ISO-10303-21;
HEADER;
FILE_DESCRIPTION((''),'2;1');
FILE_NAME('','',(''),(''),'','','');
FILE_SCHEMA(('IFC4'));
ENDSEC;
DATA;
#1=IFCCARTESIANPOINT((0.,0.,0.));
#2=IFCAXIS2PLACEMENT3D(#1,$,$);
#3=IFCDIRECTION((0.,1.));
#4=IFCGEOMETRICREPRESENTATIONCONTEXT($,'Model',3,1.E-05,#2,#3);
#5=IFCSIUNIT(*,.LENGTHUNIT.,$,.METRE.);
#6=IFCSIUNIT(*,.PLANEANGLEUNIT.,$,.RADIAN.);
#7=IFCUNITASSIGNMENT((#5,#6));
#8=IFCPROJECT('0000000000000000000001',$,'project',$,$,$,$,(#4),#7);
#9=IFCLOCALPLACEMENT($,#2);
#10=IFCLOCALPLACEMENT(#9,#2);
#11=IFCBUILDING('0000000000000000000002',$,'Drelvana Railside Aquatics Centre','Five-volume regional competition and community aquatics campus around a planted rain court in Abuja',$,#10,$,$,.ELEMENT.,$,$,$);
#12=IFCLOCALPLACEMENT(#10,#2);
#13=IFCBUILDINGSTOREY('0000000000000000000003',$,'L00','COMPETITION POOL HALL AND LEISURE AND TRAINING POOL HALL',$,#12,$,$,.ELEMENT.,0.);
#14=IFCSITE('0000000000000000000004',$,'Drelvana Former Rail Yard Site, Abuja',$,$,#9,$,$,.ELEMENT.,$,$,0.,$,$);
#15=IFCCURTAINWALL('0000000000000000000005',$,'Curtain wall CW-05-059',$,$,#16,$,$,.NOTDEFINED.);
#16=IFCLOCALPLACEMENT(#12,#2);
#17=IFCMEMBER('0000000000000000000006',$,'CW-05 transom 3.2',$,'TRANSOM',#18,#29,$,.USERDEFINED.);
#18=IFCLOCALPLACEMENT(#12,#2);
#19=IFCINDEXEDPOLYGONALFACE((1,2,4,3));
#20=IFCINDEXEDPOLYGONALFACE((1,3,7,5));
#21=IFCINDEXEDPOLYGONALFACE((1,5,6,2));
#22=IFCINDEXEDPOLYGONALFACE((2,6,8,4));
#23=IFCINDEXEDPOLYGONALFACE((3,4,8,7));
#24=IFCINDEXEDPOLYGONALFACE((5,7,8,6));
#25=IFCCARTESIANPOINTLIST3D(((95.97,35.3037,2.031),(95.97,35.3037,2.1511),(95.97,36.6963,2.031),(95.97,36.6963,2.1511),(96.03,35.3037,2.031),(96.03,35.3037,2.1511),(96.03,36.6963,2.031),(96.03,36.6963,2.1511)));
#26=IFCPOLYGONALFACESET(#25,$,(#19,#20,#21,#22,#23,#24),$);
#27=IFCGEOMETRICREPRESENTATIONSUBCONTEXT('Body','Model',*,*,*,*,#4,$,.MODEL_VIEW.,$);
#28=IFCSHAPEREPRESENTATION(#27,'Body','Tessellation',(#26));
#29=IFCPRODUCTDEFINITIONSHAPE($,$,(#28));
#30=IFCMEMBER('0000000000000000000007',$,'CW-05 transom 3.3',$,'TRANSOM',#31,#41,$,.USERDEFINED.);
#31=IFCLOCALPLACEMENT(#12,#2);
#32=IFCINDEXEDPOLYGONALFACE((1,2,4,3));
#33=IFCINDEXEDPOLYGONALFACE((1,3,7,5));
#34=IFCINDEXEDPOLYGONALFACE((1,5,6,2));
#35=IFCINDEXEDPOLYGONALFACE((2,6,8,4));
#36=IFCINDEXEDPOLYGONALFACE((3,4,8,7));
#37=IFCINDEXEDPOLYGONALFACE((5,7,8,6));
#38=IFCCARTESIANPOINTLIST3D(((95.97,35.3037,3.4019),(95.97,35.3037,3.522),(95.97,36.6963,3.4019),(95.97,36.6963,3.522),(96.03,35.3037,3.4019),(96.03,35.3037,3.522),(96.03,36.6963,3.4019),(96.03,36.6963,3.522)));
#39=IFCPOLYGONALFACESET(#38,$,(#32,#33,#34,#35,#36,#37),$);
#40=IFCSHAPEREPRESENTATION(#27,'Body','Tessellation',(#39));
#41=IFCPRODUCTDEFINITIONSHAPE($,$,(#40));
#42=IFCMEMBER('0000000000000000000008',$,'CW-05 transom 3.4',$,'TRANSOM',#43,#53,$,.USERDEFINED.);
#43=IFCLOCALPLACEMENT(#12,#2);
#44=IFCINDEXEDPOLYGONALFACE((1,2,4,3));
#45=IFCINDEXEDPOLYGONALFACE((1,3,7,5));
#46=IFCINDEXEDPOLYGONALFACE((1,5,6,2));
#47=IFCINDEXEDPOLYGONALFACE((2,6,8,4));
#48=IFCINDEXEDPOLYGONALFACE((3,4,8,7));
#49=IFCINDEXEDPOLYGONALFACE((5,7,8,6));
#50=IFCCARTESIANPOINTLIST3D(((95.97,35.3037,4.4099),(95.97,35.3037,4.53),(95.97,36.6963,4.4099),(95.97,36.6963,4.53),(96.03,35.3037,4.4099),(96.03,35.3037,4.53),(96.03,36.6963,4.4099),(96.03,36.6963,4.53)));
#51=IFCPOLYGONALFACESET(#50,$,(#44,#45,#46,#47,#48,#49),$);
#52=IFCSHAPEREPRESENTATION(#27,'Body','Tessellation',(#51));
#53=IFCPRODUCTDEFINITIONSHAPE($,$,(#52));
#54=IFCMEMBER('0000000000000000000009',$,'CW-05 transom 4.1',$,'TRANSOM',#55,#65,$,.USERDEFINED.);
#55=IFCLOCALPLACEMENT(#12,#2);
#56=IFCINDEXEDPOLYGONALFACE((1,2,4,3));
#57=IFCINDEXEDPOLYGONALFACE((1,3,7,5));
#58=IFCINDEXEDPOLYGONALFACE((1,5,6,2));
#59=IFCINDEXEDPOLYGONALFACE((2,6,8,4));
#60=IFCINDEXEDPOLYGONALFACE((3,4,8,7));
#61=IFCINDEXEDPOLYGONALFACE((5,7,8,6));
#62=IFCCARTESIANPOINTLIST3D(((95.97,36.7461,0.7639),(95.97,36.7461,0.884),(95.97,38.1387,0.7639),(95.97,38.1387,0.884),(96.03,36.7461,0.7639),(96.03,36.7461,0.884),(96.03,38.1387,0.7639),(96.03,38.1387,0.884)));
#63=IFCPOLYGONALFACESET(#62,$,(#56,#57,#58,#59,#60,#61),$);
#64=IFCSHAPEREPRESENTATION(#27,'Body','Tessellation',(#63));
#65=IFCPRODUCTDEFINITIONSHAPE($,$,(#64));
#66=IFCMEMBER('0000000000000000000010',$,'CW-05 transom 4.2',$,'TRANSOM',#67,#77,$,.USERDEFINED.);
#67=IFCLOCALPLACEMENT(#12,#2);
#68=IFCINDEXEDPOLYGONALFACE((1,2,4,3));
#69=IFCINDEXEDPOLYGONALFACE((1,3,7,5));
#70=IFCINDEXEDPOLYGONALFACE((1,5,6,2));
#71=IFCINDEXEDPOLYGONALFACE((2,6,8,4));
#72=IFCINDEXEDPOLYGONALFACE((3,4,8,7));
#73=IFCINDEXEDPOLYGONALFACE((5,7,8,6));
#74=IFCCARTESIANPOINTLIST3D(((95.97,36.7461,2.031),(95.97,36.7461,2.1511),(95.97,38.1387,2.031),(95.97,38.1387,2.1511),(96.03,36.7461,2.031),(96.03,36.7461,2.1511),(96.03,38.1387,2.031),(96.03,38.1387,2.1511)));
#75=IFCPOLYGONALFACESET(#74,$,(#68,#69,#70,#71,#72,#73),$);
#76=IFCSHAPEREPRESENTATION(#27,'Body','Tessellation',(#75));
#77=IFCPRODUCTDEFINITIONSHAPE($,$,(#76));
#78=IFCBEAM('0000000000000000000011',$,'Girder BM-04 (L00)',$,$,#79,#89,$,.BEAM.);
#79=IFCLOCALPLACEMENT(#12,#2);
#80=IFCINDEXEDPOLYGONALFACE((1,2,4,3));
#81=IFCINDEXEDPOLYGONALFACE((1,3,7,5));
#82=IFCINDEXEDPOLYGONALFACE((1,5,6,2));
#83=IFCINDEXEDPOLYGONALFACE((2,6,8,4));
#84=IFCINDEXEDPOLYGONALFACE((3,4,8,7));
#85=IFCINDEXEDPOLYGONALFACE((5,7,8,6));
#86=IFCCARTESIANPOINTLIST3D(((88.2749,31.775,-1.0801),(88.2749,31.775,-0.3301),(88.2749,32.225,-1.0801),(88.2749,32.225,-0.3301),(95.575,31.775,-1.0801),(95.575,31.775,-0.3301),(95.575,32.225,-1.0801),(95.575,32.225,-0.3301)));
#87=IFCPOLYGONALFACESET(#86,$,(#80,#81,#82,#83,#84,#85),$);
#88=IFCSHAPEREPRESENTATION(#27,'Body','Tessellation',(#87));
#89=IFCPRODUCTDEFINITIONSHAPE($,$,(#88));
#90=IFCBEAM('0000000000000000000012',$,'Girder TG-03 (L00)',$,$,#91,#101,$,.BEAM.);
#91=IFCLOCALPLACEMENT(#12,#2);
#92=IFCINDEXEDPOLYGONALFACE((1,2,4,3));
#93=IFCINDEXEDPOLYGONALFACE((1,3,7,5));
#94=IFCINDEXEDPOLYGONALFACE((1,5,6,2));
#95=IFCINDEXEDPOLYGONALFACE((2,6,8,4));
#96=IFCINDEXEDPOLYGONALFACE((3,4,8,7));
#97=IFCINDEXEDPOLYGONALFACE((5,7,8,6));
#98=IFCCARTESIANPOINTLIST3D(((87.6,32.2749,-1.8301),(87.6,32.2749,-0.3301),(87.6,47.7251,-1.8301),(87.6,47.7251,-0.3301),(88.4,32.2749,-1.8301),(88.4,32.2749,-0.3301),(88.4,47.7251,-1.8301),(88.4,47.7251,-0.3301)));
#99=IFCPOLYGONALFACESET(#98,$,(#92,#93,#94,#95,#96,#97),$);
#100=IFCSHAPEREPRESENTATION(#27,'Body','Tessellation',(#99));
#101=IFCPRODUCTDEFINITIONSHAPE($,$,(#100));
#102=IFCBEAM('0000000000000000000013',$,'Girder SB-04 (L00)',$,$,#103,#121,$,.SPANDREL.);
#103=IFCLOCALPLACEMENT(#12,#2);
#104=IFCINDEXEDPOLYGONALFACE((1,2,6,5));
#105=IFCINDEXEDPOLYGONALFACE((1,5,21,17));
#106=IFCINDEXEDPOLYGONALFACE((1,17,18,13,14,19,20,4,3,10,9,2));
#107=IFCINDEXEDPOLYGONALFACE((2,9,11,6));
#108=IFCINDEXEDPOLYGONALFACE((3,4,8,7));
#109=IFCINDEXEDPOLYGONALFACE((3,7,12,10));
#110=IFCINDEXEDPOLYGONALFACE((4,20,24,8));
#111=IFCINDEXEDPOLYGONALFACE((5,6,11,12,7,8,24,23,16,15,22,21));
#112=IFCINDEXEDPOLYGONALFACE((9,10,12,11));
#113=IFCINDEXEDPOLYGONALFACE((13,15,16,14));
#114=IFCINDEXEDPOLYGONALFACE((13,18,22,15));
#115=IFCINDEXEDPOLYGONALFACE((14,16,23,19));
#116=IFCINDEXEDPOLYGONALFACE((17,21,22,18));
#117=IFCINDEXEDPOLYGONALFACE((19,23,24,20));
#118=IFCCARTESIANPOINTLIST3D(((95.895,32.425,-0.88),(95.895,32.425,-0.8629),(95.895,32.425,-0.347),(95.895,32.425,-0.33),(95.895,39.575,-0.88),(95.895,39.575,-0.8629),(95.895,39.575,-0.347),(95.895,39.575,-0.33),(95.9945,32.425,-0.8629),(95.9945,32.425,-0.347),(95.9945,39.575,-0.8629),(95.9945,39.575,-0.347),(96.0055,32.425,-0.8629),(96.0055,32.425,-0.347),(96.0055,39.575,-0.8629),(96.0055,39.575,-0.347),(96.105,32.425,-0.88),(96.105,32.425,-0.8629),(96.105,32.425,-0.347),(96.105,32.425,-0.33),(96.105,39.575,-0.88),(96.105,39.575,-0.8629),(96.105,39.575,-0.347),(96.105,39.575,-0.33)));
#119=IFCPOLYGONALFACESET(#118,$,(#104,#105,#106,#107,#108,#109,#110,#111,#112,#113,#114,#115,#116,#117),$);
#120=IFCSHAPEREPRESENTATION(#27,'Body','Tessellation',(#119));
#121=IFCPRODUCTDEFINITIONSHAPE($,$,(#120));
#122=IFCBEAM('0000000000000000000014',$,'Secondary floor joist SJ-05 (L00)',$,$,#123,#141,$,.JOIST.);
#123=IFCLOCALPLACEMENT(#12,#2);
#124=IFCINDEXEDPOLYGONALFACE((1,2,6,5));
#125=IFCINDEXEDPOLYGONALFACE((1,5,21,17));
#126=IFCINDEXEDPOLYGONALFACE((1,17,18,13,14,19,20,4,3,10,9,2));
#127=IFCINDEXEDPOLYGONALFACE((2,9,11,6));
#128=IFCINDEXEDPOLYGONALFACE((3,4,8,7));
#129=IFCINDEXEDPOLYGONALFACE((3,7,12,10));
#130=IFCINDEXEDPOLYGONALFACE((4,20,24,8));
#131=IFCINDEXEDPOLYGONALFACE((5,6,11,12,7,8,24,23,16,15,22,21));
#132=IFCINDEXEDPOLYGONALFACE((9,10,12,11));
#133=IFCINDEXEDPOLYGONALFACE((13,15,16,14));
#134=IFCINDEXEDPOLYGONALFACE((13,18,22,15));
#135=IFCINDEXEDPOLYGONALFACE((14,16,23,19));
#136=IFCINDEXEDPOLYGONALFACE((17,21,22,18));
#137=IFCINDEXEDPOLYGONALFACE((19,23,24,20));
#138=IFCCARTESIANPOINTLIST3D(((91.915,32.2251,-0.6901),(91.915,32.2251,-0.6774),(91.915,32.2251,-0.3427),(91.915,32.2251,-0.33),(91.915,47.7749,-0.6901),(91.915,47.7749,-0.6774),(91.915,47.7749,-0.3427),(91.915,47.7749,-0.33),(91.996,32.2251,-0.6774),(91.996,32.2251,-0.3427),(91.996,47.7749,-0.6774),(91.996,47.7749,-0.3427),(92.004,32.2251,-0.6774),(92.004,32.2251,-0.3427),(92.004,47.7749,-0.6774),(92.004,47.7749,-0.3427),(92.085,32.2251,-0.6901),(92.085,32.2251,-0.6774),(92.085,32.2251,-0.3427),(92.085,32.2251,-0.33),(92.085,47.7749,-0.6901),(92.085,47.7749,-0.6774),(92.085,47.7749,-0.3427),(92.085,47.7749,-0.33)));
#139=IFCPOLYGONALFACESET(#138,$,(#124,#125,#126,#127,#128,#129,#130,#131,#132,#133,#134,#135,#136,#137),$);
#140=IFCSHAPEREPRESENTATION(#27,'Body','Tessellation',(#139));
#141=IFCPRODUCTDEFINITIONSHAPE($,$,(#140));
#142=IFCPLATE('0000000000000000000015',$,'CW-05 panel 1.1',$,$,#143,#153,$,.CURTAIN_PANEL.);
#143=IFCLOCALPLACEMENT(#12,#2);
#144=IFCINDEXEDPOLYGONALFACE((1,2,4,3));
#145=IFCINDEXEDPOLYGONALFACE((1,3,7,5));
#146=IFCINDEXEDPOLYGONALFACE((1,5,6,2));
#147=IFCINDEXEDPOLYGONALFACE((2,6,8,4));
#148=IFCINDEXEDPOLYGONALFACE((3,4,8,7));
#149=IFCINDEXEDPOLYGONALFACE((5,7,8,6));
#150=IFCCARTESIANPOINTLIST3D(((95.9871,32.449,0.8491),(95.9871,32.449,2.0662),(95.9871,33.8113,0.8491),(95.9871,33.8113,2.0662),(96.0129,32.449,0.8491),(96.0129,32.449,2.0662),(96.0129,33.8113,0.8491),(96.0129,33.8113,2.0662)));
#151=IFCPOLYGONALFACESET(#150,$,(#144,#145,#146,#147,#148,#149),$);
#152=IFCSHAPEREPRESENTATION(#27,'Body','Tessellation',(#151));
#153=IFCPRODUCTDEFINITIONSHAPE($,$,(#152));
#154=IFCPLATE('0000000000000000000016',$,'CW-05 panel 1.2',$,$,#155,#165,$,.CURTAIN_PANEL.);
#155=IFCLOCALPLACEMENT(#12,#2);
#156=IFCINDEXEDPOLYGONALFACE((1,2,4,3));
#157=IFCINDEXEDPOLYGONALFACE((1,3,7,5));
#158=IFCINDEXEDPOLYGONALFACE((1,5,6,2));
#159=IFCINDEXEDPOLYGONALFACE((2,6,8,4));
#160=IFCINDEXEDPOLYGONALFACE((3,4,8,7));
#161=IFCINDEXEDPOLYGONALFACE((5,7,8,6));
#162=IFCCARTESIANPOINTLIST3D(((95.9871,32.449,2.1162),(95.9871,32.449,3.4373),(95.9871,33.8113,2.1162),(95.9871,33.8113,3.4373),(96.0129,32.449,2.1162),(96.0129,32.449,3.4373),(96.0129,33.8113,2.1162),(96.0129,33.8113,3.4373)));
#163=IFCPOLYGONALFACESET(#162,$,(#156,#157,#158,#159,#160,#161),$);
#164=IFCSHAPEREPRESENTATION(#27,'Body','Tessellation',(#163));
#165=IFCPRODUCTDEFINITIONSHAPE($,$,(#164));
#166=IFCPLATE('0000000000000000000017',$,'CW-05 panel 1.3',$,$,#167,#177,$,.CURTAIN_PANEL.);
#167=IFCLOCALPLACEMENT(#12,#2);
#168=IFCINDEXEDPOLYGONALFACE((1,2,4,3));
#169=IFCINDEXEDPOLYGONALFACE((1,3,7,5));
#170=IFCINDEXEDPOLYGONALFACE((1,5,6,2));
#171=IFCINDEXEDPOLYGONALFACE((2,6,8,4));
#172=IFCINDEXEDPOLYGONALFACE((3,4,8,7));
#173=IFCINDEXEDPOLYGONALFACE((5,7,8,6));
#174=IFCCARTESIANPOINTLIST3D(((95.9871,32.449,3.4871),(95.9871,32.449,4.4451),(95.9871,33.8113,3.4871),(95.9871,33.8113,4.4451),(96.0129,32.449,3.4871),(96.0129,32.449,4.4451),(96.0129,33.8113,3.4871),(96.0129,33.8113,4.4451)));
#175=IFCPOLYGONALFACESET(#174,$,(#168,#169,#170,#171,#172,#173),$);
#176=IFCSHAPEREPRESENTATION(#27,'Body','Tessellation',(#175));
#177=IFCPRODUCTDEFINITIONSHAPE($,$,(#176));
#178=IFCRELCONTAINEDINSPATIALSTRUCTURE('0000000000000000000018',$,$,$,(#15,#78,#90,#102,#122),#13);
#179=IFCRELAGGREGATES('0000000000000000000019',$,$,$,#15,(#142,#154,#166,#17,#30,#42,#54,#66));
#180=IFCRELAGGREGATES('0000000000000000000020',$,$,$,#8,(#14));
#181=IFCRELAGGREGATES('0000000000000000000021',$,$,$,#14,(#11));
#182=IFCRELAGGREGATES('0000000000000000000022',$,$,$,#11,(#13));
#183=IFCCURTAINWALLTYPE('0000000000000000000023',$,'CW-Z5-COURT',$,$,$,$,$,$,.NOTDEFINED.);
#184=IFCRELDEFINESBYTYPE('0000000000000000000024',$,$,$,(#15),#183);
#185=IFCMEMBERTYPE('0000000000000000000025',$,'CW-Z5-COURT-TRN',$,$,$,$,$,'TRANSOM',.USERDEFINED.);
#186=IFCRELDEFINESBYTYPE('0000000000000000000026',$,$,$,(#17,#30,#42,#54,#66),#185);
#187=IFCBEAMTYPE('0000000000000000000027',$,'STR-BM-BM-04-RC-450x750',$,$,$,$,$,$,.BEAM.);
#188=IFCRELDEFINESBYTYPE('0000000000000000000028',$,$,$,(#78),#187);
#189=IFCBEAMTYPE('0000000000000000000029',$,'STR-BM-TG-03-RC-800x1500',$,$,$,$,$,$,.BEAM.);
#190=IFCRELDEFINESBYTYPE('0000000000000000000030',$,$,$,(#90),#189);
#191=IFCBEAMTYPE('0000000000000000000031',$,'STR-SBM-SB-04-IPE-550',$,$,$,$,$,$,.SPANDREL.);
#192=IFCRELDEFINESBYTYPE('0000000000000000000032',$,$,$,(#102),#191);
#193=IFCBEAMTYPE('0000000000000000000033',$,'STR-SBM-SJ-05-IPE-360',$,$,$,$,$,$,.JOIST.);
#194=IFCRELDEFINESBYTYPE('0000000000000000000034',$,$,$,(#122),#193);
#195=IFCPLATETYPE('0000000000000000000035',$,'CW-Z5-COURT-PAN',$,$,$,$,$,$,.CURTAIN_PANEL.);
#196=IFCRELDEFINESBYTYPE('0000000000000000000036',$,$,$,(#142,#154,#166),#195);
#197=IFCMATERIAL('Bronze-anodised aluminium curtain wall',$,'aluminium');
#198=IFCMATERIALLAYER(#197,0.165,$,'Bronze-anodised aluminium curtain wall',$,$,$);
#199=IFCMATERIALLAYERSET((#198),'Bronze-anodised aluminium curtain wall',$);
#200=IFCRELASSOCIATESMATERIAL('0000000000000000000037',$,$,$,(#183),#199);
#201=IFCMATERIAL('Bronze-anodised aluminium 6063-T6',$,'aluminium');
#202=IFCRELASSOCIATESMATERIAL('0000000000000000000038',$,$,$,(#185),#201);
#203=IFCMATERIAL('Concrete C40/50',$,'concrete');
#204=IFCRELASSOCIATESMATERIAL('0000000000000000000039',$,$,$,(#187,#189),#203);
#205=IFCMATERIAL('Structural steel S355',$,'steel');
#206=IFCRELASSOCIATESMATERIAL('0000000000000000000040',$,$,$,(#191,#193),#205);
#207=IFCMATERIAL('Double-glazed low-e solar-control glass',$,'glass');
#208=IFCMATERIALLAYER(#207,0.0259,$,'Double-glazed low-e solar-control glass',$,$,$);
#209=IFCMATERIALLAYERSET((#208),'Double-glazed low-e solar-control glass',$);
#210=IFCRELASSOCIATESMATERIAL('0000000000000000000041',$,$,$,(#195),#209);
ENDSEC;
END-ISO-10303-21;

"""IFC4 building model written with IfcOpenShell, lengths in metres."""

from ifc_helpers import new_model, si_unit, direction, frame, origin, origin_2d, place, context, subcontext, project, spatial, rectangle, i_section, extrude, material, layer, layer_set, material_profile, profile_set, type_object, element, aggregate, save


model = new_model("IFC4")

# Units and contexts
model_context = context("Model", 3, precision=1e-05, world=origin(), true_north=direction((0.0, 1.0)))
body_context = subcontext(model_context, "Body", "Model", "MODEL_VIEW")
ifc_project = project(units=[si_unit("LENGTHUNIT", "METRE"), si_unit("PLANEANGLEUNIT", "RADIAN")], contexts=[model_context])

# Site, building, storey
site_placement = place(None, origin())
site = spatial("IfcSite", under=ifc_project, at=site_placement, Name="Drelvana Former Rail Yard Site, Abuja", CompositionType="ELEMENT", RefElevation=0.0)
building_placement = place(site_placement, origin())
building = spatial("IfcBuilding", under=site, at=building_placement, Name="Drelvana Railside Aquatics Centre", Description="Five-volume regional competition and community aquatics campus around a planted rain court in Abuja", CompositionType="ELEMENT")
storey_placement = place(building_placement, origin())
storey = spatial("IfcBuildingStorey", under=building, at=storey_placement, Name="L00", Description="COMPETITION POOL HALL AND LEISURE AND TRAINING POOL HALL", CompositionType="ELEMENT", Elevation=0.0)

# Shared definitions
ifc_material_1 = material(Name="Concrete C40/50", Category="concrete")

# Curtain wall, members
ifc_material_2 = material(Name="Bronze-anodised aluminium curtain wall", Category="aluminium")
ifc_layer_1 = layer(ifc_material_2, 0.165, Name="Bronze-anodised aluminium curtain wall")
ifc_layer_set_1 = layer_set([ifc_layer_1], Name="Bronze-anodised aluminium curtain wall")
curtain_wall_type = type_object("IfcCurtainWallType", Name="CW-Z5-COURT", PredefinedType="NOTDEFINED", material=ifc_layer_set_1)
curtain_wall_placement = place(storey_placement, origin())
curtain_wall = element("IfcCurtainWall", 1, at=curtain_wall_placement, inside=storey, type_object=curtain_wall_type, Name="Curtain wall CW-05-059", PredefinedType="NOTDEFINED")
ifc_material_3 = material(Name="Bronze-anodised aluminium 6063-T6", Category="aluminium")
ifc_material_profile_1 = material_profile(ifc_material_3, rectangle(XDim=0.1201, YDim=0.0601, at=origin_2d()), Name="ALU-T 60x120")
ifc_profile_set_1 = profile_set([ifc_material_profile_1], Name="Bronze-anodised aluminium 6063-T6")
member_type_1 = type_object("IfcMemberType", Name="CW-Z5-COURT-TRN", ElementType="TRANSOM", PredefinedType="USERDEFINED", material=ifc_profile_set_1)
member_1_placement = place(storey_placement, frame((96.0, 35.3037, 2.0911), z_axis=(0.0, 1.0, 0.0), x_axis=(0.0, 0.0, 1.0)))
member_1 = element("IfcMember", 2, at=member_1_placement, type_object=member_type_1, Name="CW-05 transom 3.2", ObjectType="TRANSOM", PredefinedType="USERDEFINED", context=body_context, shape_type="SweptSolid", body=[
    extrude(rectangle(XDim=0.1201, YDim=0.0601, at=origin_2d()), origin(), (0.0, 0.0, 1.0), 1.3926),
])
member_2_placement = place(storey_placement, frame((96.0, 35.3037, 3.4619), z_axis=(0.0, 1.0, 0.0), x_axis=(0.0, 0.0, 1.0)))
member_2 = element("IfcMember", 3, at=member_2_placement, type_object=member_type_1, Name="CW-05 transom 3.3", ObjectType="TRANSOM", PredefinedType="USERDEFINED", context=body_context, shape_type="SweptSolid", body=[
    extrude(rectangle(XDim=0.1201, YDim=0.0601, at=origin_2d()), origin(), (0.0, 0.0, 1.0), 1.3926),
])
member_3_placement = place(storey_placement, frame((96.0, 35.3037, 4.47), z_axis=(0.0, 1.0, 0.0), x_axis=(0.0, 0.0, 1.0)))
member_3 = element("IfcMember", 4, at=member_3_placement, type_object=member_type_1, Name="CW-05 transom 3.4", ObjectType="TRANSOM", PredefinedType="USERDEFINED", context=body_context, shape_type="SweptSolid", body=[
    extrude(rectangle(XDim=0.1201, YDim=0.0601, at=origin_2d()), origin(), (0.0, 0.0, 1.0), 1.3926),
])
member_4_placement = place(storey_placement, frame((96.0, 36.7461, 0.824), z_axis=(0.0, 1.0, 0.0), x_axis=(0.0, 0.0, 1.0)))
member_4 = element("IfcMember", 5, at=member_4_placement, type_object=member_type_1, Name="CW-05 transom 4.1", ObjectType="TRANSOM", PredefinedType="USERDEFINED", context=body_context, shape_type="SweptSolid", body=[
    extrude(rectangle(XDim=0.1201, YDim=0.0601, at=origin_2d()), origin(), (0.0, 0.0, 1.0), 1.3926),
])
member_5_placement = place(storey_placement, frame((96.0, 36.7461, 2.0911), z_axis=(0.0, 1.0, 0.0), x_axis=(0.0, 0.0, 1.0)))
member_5 = element("IfcMember", 6, at=member_5_placement, type_object=member_type_1, Name="CW-05 transom 4.2", ObjectType="TRANSOM", PredefinedType="USERDEFINED", context=body_context, shape_type="SweptSolid", body=[
    extrude(rectangle(XDim=0.1201, YDim=0.0601, at=origin_2d()), origin(), (0.0, 0.0, 1.0), 1.3926),
])

# Beams
ifc_material_profile_2 = material_profile(ifc_material_1, rectangle(XDim=0.45, YDim=0.75, at=origin_2d()), Name="RC 450x750")
ifc_profile_set_2 = profile_set([ifc_material_profile_2], Name="Concrete C40/50")
beam_type_1 = type_object("IfcBeamType", Name="STR-BM-BM-04-RC-450x750", PredefinedType="BEAM", material=ifc_profile_set_2)
beam_1_placement = place(storey_placement, frame((88.2749, 32.0, -0.7051), z_axis=(1.0, 0.0, 0.0), x_axis=(0.0, 1.0, 0.0)))
element("IfcBeam", 7, at=beam_1_placement, inside=storey, type_object=beam_type_1, Name="Girder BM-04 (L00)", PredefinedType="BEAM", context=body_context, shape_type="SweptSolid", body=[
    extrude(rectangle(XDim=0.45, YDim=0.75, at=origin_2d()), origin(), (0.0, 0.0, 1.0), 7.3),
])
ifc_material_profile_3 = material_profile(ifc_material_1, rectangle(XDim=0.8, YDim=1.5, at=origin_2d()), Name="RC 800x1500")
ifc_profile_set_3 = profile_set([ifc_material_profile_3], Name="Concrete C40/50")
beam_type_2 = type_object("IfcBeamType", Name="STR-BM-TG-03-RC-800x1500", PredefinedType="BEAM", material=ifc_profile_set_3)
beam_2_placement = place(storey_placement, frame((88.0, 32.2749, -1.0801), z_axis=(0.0, 1.0, 0.0), x_axis=(-1.0, 0.0, 0.0)))
element("IfcBeam", 8, at=beam_2_placement, inside=storey, type_object=beam_type_2, Name="Girder TG-03 (L00)", PredefinedType="BEAM", context=body_context, shape_type="SweptSolid", body=[
    extrude(rectangle(XDim=0.8, YDim=1.5, at=origin_2d()), origin(), (0.0, 0.0, 1.0), 15.4502),
])
ifc_material_4 = material(Name="Structural steel S355", Category="steel")
ifc_material_profile_4 = material_profile(ifc_material_4, i_section(OverallWidth=0.21, OverallDepth=0.55, WebThickness=0.011, FlangeThickness=0.0171, at=origin_2d()), Name="IPE 550")
ifc_profile_set_4 = profile_set([ifc_material_profile_4], Name="Structural steel S355")
beam_type_3 = type_object("IfcBeamType", Name="STR-SBM-SB-04-IPE-550", PredefinedType="SPANDREL", material=ifc_profile_set_4)
beam_3_placement = place(storey_placement, frame((96.0, 32.425, -0.605), z_axis=(0.0, 1.0, 0.0), x_axis=(-1.0, 0.0, 0.0)))
element("IfcBeam", 9, at=beam_3_placement, inside=storey, type_object=beam_type_3, Name="Girder SB-04 (L00)", PredefinedType="SPANDREL", context=body_context, shape_type="SweptSolid", body=[
    extrude(i_section(OverallWidth=0.21, OverallDepth=0.55, WebThickness=0.011, FlangeThickness=0.0171, at=origin_2d()), origin(), (0.0, 0.0, 1.0), 7.1499),
])
ifc_material_profile_5 = material_profile(ifc_material_4, i_section(OverallWidth=0.1699, OverallDepth=0.3601, WebThickness=0.0081, FlangeThickness=0.0127, at=origin_2d()), Name="IPE 360")
ifc_profile_set_5 = profile_set([ifc_material_profile_5], Name="Structural steel S355")
beam_type_4 = type_object("IfcBeamType", Name="STR-SBM-SJ-05-IPE-360", PredefinedType="JOIST", material=ifc_profile_set_5)
beam_4_placement = place(storey_placement, frame((92.0, 32.2251, -0.51), z_axis=(0.0, 1.0, 0.0), x_axis=(-1.0, 0.0, 0.0)))
element("IfcBeam", 10, at=beam_4_placement, inside=storey, type_object=beam_type_4, Name="Secondary floor joist SJ-05 (L00)", PredefinedType="JOIST", context=body_context, shape_type="SweptSolid", body=[
    extrude(i_section(OverallWidth=0.1699, OverallDepth=0.3601, WebThickness=0.0081, FlangeThickness=0.0127, at=origin_2d()), origin(), (0.0, 0.0, 1.0), 15.5498),
])

# Plates
ifc_material_5 = material(Name="Double-glazed low-e solar-control glass", Category="glass")
ifc_layer_2 = layer(ifc_material_5, 0.0259, Name="Double-glazed low-e solar-control glass")
ifc_layer_set_2 = layer_set([ifc_layer_2], Name="Double-glazed low-e solar-control glass")
plate_type = type_object("IfcPlateType", Name="CW-Z5-COURT-PAN", PredefinedType="CURTAIN_PANEL", material=ifc_layer_set_2)
plate_1_placement = place(storey_placement, frame((96.0, 33.1301, 0.8491), z_axis=(0.0, 0.0, 1.0), x_axis=(0.0, 1.0, 0.0)))
plate_1 = element("IfcPlate", 11, at=plate_1_placement, type_object=plate_type, Name="CW-05 panel 1.1", PredefinedType="CURTAIN_PANEL", context=body_context, shape_type="SweptSolid", body=[
    extrude(rectangle(XDim=1.3623, YDim=0.0259, at=origin_2d()), origin(), (0.0, 0.0, 1.0), 1.217),
])
plate_2_placement = place(storey_placement, frame((96.0, 33.1301, 2.1162), z_axis=(0.0, 0.0, 1.0), x_axis=(0.0, 1.0, 0.0)))
plate_2 = element("IfcPlate", 12, at=plate_2_placement, type_object=plate_type, Name="CW-05 panel 1.2", PredefinedType="CURTAIN_PANEL", context=body_context, shape_type="SweptSolid", body=[
    extrude(rectangle(XDim=1.3623, YDim=0.0259, at=origin_2d()), origin(), (0.0, 0.0, 1.0), 1.321),
])
plate_3_placement = place(storey_placement, frame((96.0, 33.1301, 3.4871), z_axis=(0.0, 0.0, 1.0), x_axis=(0.0, 1.0, 0.0)))
plate_3 = element("IfcPlate", 13, at=plate_3_placement, type_object=plate_type, Name="CW-05 panel 1.3", PredefinedType="CURTAIN_PANEL", context=body_context, shape_type="SweptSolid", body=[
    extrude(rectangle(XDim=1.3623, YDim=0.0259, at=origin_2d()), origin(), (0.0, 0.0, 1.0), 0.958),
])
aggregate(curtain_wall, [plate_1, plate_2, plate_3, member_1, member_2, member_3, member_4, member_5])

save(model, "model.ifc")
